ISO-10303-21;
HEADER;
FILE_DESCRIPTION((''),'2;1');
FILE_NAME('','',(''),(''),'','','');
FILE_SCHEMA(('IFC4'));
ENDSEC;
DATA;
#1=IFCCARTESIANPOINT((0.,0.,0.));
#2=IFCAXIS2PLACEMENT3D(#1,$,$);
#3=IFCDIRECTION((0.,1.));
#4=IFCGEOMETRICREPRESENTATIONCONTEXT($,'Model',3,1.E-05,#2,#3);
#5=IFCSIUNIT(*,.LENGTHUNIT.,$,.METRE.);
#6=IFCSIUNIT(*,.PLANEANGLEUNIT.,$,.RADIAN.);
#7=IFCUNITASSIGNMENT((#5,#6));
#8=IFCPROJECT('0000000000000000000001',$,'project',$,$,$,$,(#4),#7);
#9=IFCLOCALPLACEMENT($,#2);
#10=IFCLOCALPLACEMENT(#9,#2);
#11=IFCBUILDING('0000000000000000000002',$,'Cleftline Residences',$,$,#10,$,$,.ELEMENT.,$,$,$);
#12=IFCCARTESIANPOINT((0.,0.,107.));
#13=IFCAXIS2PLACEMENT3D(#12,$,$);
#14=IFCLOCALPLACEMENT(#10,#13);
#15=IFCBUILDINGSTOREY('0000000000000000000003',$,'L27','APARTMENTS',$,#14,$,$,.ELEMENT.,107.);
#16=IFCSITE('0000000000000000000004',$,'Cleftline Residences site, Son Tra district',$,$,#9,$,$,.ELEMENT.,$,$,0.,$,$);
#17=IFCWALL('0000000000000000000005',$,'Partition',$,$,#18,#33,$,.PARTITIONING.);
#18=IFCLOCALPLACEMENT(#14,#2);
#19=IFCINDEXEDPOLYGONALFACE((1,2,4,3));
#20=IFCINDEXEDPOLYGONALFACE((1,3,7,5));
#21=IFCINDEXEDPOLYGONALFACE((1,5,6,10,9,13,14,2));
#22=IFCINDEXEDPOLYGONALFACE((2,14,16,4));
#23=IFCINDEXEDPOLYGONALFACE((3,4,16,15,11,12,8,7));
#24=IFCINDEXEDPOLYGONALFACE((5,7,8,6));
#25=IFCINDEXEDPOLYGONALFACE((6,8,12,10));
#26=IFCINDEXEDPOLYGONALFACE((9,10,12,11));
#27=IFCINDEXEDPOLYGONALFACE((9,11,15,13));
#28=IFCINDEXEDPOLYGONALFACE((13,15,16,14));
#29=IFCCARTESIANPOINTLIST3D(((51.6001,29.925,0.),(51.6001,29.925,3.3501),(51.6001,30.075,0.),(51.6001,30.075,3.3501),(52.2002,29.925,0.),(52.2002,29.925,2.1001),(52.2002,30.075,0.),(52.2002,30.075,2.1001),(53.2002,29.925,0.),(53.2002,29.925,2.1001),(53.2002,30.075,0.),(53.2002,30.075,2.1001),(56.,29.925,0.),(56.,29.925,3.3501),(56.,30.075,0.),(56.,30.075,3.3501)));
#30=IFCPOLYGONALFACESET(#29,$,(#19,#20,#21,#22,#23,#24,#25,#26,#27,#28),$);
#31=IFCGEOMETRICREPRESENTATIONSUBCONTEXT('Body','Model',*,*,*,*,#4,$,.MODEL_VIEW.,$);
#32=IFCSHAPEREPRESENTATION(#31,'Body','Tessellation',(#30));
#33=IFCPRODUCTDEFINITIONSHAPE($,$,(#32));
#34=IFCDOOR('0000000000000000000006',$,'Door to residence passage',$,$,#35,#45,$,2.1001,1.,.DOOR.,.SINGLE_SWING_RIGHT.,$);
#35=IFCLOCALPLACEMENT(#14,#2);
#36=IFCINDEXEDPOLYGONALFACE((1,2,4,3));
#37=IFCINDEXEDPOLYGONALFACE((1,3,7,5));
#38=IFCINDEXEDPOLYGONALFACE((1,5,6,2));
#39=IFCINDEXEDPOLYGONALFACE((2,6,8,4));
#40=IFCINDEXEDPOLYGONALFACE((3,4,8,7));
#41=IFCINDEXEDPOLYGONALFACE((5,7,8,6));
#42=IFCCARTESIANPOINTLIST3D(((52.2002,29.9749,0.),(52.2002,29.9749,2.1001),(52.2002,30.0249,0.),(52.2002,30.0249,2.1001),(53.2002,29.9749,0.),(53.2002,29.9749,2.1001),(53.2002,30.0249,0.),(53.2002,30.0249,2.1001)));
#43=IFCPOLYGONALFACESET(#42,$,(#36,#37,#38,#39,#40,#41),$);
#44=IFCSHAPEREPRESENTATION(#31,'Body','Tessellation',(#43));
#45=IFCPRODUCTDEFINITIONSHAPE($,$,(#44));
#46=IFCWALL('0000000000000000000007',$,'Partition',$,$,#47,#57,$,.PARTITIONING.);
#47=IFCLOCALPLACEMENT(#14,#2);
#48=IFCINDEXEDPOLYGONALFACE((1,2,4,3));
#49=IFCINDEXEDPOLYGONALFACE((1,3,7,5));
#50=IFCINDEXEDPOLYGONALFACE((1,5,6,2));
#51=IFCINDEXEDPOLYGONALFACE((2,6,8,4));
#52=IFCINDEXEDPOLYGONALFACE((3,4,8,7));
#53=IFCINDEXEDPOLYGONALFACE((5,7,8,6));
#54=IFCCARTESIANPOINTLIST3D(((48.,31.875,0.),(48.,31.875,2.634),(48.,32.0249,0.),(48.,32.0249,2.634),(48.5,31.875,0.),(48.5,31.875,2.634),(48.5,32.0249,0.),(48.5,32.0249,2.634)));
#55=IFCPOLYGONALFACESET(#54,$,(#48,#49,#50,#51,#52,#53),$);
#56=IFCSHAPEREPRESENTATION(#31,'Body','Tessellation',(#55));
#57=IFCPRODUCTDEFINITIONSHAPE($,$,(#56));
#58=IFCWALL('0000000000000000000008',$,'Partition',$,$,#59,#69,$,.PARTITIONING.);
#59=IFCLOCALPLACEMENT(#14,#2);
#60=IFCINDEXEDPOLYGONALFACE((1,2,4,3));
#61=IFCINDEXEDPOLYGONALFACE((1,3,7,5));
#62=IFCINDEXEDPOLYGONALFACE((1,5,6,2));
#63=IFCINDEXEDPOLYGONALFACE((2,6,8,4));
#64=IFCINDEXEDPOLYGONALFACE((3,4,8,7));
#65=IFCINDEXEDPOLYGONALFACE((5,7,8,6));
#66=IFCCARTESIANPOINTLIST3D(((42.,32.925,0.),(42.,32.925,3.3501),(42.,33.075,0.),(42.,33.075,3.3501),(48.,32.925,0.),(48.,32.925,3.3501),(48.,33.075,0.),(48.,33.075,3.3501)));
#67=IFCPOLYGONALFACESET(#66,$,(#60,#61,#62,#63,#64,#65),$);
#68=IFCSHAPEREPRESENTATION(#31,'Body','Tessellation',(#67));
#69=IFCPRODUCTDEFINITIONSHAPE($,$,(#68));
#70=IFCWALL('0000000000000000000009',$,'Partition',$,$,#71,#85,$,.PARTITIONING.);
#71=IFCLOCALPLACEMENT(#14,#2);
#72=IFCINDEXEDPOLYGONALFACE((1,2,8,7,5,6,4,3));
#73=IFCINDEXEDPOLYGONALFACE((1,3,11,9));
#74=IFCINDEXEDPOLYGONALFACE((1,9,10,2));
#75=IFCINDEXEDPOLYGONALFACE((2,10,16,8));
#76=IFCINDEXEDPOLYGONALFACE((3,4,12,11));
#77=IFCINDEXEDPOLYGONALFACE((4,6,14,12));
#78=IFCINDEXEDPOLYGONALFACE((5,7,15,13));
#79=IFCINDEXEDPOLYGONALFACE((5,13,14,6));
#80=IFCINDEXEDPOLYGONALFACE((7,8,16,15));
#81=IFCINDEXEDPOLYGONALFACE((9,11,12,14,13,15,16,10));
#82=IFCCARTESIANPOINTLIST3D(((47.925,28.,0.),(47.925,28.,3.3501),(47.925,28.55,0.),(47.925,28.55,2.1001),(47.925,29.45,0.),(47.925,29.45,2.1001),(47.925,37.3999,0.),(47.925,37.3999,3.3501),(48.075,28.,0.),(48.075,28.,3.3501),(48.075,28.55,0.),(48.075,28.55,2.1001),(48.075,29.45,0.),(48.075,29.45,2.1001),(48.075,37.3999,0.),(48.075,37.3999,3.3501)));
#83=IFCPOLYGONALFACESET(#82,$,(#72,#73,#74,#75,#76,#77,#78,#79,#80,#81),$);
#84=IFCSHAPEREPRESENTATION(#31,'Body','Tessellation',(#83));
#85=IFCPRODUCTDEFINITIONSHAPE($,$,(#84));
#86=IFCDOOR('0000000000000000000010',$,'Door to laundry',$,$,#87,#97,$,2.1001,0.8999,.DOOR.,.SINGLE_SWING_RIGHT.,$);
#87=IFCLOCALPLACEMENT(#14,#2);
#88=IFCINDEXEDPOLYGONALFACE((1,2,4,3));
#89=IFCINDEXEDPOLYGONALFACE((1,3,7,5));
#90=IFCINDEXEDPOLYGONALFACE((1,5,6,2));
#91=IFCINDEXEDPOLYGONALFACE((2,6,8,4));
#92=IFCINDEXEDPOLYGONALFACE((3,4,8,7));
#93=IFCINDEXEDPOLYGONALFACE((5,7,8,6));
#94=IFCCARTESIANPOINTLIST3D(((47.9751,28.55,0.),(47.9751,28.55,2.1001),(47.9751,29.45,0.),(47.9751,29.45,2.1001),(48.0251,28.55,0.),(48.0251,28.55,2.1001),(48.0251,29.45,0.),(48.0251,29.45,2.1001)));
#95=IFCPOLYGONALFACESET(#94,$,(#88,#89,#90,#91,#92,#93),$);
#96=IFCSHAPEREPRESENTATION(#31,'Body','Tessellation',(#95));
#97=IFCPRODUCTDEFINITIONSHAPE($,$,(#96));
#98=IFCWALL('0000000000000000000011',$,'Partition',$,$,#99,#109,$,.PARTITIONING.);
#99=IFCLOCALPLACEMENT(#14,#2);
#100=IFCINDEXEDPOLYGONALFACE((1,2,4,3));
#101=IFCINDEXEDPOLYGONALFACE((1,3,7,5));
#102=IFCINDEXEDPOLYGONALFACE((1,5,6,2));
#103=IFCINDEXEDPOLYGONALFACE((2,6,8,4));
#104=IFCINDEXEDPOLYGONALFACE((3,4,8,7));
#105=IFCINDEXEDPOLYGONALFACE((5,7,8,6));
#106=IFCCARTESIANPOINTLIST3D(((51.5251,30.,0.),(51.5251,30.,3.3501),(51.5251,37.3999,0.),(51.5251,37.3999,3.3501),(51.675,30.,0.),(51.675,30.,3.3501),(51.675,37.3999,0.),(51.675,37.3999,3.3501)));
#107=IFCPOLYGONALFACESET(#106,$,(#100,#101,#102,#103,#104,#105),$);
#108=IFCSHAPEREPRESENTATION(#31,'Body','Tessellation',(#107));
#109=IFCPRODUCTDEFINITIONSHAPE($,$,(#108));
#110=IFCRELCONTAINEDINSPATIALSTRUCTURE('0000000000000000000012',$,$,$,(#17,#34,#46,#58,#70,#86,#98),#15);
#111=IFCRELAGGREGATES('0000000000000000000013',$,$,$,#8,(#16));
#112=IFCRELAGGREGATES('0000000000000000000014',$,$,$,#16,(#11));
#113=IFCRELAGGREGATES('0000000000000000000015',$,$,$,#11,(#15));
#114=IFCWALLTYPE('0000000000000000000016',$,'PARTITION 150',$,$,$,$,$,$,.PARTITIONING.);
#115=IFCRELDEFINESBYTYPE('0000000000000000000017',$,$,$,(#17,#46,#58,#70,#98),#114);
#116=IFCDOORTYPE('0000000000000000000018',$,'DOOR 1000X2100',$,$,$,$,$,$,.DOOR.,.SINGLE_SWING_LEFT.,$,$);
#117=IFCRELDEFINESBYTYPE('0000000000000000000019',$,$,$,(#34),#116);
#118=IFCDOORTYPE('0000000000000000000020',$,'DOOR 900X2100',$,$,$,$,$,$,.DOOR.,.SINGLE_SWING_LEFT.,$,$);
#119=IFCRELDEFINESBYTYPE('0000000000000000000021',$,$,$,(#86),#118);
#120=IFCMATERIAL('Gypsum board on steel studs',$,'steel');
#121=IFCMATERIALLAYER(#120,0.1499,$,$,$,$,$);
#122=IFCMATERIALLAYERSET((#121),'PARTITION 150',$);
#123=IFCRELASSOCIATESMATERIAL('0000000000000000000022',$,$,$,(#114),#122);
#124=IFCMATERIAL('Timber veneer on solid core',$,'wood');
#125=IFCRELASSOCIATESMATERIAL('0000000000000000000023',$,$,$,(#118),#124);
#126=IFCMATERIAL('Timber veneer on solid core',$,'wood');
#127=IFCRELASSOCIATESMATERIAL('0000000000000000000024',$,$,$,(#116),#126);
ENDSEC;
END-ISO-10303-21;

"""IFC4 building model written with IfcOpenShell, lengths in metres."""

from ifc_helpers import new_model, si_unit, direction, frame, frame_2d, origin, place, context, subcontext, project, spatial, rectangle, extrude, material, layer, layer_set, type_object, element, fill, save


model = new_model("IFC4")

# Units and contexts
model_context = context("Model", 3, precision=1e-05, world=origin(), true_north=direction((0.0, 1.0)))
body_context = subcontext(model_context, "Body", "Model", "MODEL_VIEW")
ifc_project = project(units=[si_unit("LENGTHUNIT", "METRE"), si_unit("PLANEANGLEUNIT", "RADIAN")], contexts=[model_context])

# Site, building, storey
site_placement = place(None, origin())
site = spatial("IfcSite", under=ifc_project, at=site_placement, Name="Cleftline Residences site, Son Tra district", CompositionType="ELEMENT", RefElevation=0.0)
building_placement = place(site_placement, origin())
building = spatial("IfcBuilding", under=site, at=building_placement, Name="Cleftline Residences", CompositionType="ELEMENT")
storey_placement = place(building_placement, frame((0.0, 0.0, 107.0)))
storey = spatial("IfcBuildingStorey", under=building, at=storey_placement, Name="L27", Description="APARTMENTS", CompositionType="ELEMENT", Elevation=107.0)

# Wall, opening, door
ifc_material_1 = material(Name="Gypsum board on steel studs", Category="steel")
ifc_layer_1 = layer(ifc_material_1, 0.1499)
ifc_layer_set_1 = layer_set([ifc_layer_1], Name="PARTITION 150")
wall_type_1 = type_object("IfcWallType", Name="PARTITION 150", PredefinedType="PARTITIONING", material=ifc_layer_set_1)
ifc_material_2 = material(Name="Timber veneer on solid core", Category="wood")
door_type_1 = type_object("IfcDoorType", Name="DOOR 900X2100", OperationType="SINGLE_SWING_LEFT", PredefinedType="DOOR", material=ifc_material_2)
wall_1_placement = place(storey_placement, frame((51.6001, 30.0, 0.0), z_axis=(0.0, 0.0, 1.0), x_axis=(1.0, 0.0, 0.0)))
wall_1 = element("IfcWall", 1, at=wall_1_placement, inside=storey, type_object=wall_type_1, Name="Partition", PredefinedType="PARTITIONING", context=body_context, shape_type="SweptSolid", body=[
    extrude(rectangle(XDim=4.3999, YDim=0.1499, at=frame_2d((2.2, 0.0))), origin(), (0.0, 0.0, 1.0), 3.3501),
])
opening_1_placement = place(wall_1_placement, frame((0.6001, 0.0, 0.0)))
opening_1 = element("IfcOpeningElement", 2, at=opening_1_placement, cuts=wall_1, PredefinedType="OPENING", context=body_context, shape_type="SweptSolid", body=[
    extrude(rectangle(XDim=1.0, YDim=2.1001, at=frame_2d((0.5, 1.05))), frame((0.0, 0.085, 0.0), z_axis=(0.0, -1.0, 0.0), x_axis=(1.0, 0.0, 0.0)), (0.0, 0.0, 1.0), 0.1699),
])
ifc_material_3 = material(Name="Timber veneer on solid core", Category="wood")
door_type_2 = type_object("IfcDoorType", Name="DOOR 1000X2100", OperationType="SINGLE_SWING_LEFT", PredefinedType="DOOR", material=ifc_material_3)
door_1_placement = place(opening_1_placement, origin())
door_1 = element("IfcDoor", 3, at=door_1_placement, inside=storey, type_object=door_type_2, Name="Door to residence passage", OperationType="SINGLE_SWING_RIGHT", OverallHeight=2.1001, OverallWidth=1.0, PredefinedType="DOOR", context=body_context, shape_type="SweptSolid", body=[
    extrude(rectangle(XDim=1.0, YDim=2.1001, at=frame_2d((0.5, 1.05))), frame((0.0, 0.0249, 0.0), z_axis=(0.0, -1.0, 0.0), x_axis=(1.0, 0.0, 0.0)), (0.0, 0.0, 1.0), 0.05),
])
fill(opening_1, door_1)

# Walls
wall_2_placement = place(storey_placement, frame((48.0, 31.95, 0.0), z_axis=(0.0, 0.0, 1.0), x_axis=(1.0, 0.0, 0.0)))
element("IfcWall", 4, at=wall_2_placement, inside=storey, type_object=wall_type_1, Name="Partition", PredefinedType="PARTITIONING", context=body_context, shape_type="SweptSolid", body=[
    extrude(rectangle(XDim=0.5, YDim=0.1499, at=frame_2d((0.25, 0.0))), origin(), (0.0, 0.0, 1.0), 2.634),
])
wall_3_placement = place(storey_placement, frame((42.0, 33.0, 0.0), z_axis=(0.0, 0.0, 1.0), x_axis=(1.0, 0.0, 0.0)))
element("IfcWall", 5, at=wall_3_placement, inside=storey, type_object=wall_type_1, Name="Partition", PredefinedType="PARTITIONING", context=body_context, shape_type="SweptSolid", body=[
    extrude(rectangle(XDim=6.0, YDim=0.1499, at=frame_2d((3.0, 0.0))), origin(), (0.0, 0.0, 1.0), 3.3501),
])

# Wall, opening, door
wall_4_placement = place(storey_placement, frame((48.0, 28.0, 0.0), z_axis=(0.0, 0.0, 1.0), x_axis=(0.0, 1.0, 0.0)))
wall_4 = element("IfcWall", 6, at=wall_4_placement, inside=storey, type_object=wall_type_1, Name="Partition", PredefinedType="PARTITIONING", context=body_context, shape_type="SweptSolid", body=[
    extrude(rectangle(XDim=9.3999, YDim=0.1499, at=frame_2d((4.7, 0.0))), origin(), (0.0, 0.0, 1.0), 3.3501),
])
opening_2_placement = place(wall_4_placement, frame((0.55, 0.0, 0.0)))
opening_2 = element("IfcOpeningElement", 7, at=opening_2_placement, cuts=wall_4, PredefinedType="OPENING", context=body_context, shape_type="SweptSolid", body=[
    extrude(rectangle(XDim=0.8999, YDim=2.1001, at=frame_2d((0.45, 1.05))), frame((0.0, 0.085, 0.0), z_axis=(0.0, -1.0, 0.0), x_axis=(1.0, 0.0, 0.0)), (0.0, 0.0, 1.0), 0.1699),
])
door_2_placement = place(opening_2_placement, origin())
door_2 = element("IfcDoor", 8, at=door_2_placement, inside=storey, type_object=door_type_1, Name="Door to laundry", OperationType="SINGLE_SWING_RIGHT", OverallHeight=2.1001, OverallWidth=0.8999, PredefinedType="DOOR", context=body_context, shape_type="SweptSolid", body=[
    extrude(rectangle(XDim=0.8999, YDim=2.1001, at=frame_2d((0.45, 1.05))), frame((0.0, 0.0249, 0.0), z_axis=(0.0, -1.0, 0.0), x_axis=(1.0, 0.0, 0.0)), (0.0, 0.0, 1.0), 0.05),
])
fill(opening_2, door_2)

# Wall
wall_5_placement = place(storey_placement, frame((51.6001, 30.0, 0.0), z_axis=(0.0, 0.0, 1.0), x_axis=(0.0, 1.0, 0.0)))
element("IfcWall", 9, at=wall_5_placement, inside=storey, type_object=wall_type_1, Name="Partition", PredefinedType="PARTITIONING", context=body_context, shape_type="SweptSolid", body=[
    extrude(rectangle(XDim=7.3999, YDim=0.1499, at=frame_2d((3.7, 0.0))), origin(), (0.0, 0.0, 1.0), 3.3501),
])

save(model, "model.ifc")
